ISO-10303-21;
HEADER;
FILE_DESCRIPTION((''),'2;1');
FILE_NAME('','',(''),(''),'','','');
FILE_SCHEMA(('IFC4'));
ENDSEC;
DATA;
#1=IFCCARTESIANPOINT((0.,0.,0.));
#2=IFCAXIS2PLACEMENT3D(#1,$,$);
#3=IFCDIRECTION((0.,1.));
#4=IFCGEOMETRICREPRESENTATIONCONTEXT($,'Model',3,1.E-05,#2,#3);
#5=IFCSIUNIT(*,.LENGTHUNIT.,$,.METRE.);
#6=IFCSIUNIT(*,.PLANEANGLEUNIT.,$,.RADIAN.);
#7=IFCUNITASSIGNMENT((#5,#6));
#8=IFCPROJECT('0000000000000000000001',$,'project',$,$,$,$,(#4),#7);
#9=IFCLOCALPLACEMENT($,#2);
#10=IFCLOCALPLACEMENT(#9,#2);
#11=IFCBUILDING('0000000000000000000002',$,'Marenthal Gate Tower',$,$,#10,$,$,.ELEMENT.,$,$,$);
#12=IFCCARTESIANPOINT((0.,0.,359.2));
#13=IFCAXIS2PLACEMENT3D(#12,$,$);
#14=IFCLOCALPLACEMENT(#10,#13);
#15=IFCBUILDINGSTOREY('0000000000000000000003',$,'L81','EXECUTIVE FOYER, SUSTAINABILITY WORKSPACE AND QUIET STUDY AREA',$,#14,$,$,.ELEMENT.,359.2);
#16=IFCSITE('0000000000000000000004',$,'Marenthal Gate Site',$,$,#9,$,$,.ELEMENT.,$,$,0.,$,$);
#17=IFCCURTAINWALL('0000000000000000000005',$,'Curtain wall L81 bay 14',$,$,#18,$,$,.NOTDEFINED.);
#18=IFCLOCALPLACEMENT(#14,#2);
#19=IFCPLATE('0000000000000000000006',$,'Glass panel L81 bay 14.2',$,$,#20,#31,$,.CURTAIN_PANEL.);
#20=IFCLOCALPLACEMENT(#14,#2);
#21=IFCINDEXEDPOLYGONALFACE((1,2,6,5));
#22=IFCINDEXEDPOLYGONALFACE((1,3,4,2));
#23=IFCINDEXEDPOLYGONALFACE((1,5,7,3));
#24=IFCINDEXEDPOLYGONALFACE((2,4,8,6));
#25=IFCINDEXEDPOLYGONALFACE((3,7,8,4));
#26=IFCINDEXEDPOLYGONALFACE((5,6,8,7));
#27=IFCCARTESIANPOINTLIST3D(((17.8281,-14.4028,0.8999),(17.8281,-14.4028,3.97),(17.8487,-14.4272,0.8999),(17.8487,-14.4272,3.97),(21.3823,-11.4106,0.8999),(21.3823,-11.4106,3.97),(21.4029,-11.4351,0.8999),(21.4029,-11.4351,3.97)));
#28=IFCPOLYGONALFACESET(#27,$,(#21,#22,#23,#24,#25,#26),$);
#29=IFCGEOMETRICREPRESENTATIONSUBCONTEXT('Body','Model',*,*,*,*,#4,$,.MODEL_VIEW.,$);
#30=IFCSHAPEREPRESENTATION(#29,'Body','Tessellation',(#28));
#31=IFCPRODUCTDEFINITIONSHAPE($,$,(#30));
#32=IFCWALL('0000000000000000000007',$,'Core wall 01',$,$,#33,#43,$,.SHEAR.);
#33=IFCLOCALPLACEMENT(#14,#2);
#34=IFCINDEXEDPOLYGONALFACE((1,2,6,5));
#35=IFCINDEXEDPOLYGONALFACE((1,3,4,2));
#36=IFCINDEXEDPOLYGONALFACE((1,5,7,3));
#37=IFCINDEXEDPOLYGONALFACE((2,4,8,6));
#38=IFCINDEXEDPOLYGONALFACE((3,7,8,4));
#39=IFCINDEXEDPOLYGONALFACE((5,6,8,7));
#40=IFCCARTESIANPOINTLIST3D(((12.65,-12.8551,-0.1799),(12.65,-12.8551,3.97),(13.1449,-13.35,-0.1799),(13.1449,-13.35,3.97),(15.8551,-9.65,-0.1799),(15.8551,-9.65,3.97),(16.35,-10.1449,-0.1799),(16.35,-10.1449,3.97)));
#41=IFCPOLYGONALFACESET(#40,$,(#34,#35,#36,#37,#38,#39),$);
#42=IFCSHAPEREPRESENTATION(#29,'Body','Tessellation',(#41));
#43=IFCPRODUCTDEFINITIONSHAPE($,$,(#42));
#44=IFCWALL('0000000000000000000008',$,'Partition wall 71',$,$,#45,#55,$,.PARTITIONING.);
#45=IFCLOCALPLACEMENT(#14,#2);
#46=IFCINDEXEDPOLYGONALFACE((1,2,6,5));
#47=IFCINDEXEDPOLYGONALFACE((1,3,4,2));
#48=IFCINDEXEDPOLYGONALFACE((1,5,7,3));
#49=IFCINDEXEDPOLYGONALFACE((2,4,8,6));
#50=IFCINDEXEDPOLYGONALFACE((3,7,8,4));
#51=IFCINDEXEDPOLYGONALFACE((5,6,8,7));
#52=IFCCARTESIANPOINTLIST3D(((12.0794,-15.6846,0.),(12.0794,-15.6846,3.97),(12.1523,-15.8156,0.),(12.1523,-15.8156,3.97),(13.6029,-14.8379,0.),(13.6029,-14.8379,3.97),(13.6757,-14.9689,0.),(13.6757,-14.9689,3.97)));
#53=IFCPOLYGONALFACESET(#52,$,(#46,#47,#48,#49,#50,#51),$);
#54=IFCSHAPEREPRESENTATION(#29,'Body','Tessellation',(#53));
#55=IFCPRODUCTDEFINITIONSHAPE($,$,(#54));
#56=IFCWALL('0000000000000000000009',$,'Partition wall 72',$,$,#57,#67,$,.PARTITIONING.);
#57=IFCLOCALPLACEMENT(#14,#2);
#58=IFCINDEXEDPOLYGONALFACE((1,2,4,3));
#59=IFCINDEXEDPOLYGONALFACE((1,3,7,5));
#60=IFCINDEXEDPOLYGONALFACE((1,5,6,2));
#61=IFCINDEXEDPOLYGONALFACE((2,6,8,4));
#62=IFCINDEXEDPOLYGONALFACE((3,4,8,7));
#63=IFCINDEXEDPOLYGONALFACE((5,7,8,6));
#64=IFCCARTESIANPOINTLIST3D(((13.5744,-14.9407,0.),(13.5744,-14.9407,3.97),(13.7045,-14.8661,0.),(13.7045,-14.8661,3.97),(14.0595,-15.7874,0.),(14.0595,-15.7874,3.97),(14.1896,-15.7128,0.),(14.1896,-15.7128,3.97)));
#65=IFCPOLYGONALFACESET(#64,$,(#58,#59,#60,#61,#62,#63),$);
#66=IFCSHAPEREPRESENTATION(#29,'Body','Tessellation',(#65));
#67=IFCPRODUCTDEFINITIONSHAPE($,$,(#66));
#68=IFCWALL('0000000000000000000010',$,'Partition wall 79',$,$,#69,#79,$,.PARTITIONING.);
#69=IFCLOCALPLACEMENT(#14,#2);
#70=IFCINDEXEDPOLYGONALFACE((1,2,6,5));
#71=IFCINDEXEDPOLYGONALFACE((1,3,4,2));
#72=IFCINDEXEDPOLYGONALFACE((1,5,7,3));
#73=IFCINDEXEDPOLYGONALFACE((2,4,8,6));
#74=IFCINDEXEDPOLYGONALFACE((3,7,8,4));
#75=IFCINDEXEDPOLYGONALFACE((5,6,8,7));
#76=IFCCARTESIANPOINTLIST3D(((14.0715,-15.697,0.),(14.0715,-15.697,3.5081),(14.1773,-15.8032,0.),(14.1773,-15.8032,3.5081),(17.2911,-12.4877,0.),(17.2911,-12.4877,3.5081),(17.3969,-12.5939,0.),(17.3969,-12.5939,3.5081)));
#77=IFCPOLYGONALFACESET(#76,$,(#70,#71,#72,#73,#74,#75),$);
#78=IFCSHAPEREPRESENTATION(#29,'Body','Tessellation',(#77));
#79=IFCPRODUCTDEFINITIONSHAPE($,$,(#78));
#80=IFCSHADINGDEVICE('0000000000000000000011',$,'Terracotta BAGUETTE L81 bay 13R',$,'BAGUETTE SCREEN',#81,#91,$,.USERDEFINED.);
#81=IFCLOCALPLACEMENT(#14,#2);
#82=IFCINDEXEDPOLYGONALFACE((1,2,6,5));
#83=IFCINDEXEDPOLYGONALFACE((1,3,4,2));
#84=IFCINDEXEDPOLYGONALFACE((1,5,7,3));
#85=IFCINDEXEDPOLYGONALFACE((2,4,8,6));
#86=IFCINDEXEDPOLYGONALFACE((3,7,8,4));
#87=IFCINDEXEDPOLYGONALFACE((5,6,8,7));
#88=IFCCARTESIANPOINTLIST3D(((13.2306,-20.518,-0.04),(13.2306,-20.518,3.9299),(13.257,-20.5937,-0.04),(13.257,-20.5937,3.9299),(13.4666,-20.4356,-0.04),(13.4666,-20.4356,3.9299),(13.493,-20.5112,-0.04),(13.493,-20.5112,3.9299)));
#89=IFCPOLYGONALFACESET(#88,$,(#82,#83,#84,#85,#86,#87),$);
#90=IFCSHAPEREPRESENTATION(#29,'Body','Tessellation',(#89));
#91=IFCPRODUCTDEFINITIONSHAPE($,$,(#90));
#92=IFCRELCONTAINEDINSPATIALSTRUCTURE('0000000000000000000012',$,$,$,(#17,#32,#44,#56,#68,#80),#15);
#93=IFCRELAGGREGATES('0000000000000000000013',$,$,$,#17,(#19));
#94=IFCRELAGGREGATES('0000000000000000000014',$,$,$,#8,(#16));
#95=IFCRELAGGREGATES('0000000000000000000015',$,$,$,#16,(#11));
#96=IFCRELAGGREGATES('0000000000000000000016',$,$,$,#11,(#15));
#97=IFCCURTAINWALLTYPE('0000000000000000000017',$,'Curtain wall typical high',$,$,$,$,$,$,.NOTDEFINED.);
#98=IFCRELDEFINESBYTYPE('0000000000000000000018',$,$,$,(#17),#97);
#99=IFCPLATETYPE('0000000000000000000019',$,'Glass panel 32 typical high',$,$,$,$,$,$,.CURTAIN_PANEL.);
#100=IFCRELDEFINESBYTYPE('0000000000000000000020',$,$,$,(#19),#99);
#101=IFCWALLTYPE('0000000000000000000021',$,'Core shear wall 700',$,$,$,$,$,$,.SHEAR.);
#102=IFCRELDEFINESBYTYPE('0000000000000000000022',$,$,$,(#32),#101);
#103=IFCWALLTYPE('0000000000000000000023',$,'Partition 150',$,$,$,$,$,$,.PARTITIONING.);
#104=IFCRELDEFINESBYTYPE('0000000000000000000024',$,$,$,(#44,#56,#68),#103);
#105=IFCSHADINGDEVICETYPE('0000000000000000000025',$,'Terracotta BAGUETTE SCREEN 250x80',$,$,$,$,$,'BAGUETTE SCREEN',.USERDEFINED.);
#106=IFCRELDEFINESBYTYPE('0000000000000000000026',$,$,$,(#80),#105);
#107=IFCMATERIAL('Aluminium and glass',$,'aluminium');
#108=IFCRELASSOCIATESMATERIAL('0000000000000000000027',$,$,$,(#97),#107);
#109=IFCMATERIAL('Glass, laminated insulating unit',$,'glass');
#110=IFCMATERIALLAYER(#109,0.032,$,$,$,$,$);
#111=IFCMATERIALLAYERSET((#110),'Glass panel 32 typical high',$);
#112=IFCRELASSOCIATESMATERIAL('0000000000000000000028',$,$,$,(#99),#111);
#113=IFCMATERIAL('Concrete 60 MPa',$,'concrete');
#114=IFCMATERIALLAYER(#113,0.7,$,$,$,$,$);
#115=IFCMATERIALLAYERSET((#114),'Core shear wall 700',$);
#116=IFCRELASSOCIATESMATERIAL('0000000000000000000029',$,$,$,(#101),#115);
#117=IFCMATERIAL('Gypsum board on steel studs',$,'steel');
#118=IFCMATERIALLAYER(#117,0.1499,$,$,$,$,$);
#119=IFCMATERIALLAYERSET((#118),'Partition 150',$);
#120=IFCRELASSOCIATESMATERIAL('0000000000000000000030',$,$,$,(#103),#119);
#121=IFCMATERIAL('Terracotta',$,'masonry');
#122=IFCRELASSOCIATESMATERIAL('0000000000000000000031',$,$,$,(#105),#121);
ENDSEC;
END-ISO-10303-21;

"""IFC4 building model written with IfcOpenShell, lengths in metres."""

from ifc_helpers import new_model, si_unit, direction, frame, frame_2d, origin, origin_2d, place, context, subcontext, project, spatial, rectangle, extrude, material, layer, layer_set, material_profile, profile_set, type_object, element, aggregate, save


model = new_model("IFC4")

# Units and contexts
model_context = context("Model", 3, precision=1e-05, world=origin(), true_north=direction((0.0, 1.0)))
body_context = subcontext(model_context, "Body", "Model", "MODEL_VIEW")
ifc_project = project(units=[si_unit("LENGTHUNIT", "METRE"), si_unit("PLANEANGLEUNIT", "RADIAN")], contexts=[model_context])

# Site, building, storey
site_placement = place(None, origin())
site = spatial("IfcSite", under=ifc_project, at=site_placement, Name="Marenthal Gate Site", CompositionType="ELEMENT", RefElevation=0.0)
building_placement = place(site_placement, origin())
building = spatial("IfcBuilding", under=site, at=building_placement, Name="Marenthal Gate Tower", CompositionType="ELEMENT")
storey_placement = place(building_placement, frame((0.0, 0.0, 359.2)))
storey = spatial("IfcBuildingStorey", under=building, at=storey_placement, Name="L81", Description="EXECUTIVE FOYER, SUSTAINABILITY WORKSPACE AND QUIET STUDY AREA", CompositionType="ELEMENT", Elevation=359.2)

# Curtain wall
ifc_material_1 = material(Name="Aluminium and glass", Category="aluminium")
curtain_wall_type = type_object("IfcCurtainWallType", Name="Curtain wall typical high", PredefinedType="NOTDEFINED", material=ifc_material_1)
curtain_wall_placement = place(storey_placement, origin())
curtain_wall = element("IfcCurtainWall", 1, at=curtain_wall_placement, inside=storey, type_object=curtain_wall_type, Name="Curtain wall L81 bay 14", PredefinedType="NOTDEFINED")

# Plate
ifc_material_2 = material(Name="Glass, laminated insulating unit", Category="glass")
ifc_layer_1 = layer(ifc_material_2, 0.032)
ifc_layer_set_1 = layer_set([ifc_layer_1], Name="Glass panel 32 typical high")
plate_type = type_object("IfcPlateType", Name="Glass panel 32 typical high", PredefinedType="CURTAIN_PANEL", material=ifc_layer_set_1)
plate_1_placement = place(storey_placement, frame((19.6155, -12.9189, 0.8999), z_axis=(0.0, 0.0, 1.0), x_axis=(0.765006, 0.644023, 0.0)))
plate_1 = element("IfcPlate", 2, at=plate_1_placement, type_object=plate_type, Name="Glass panel L81 bay 14.2", PredefinedType="CURTAIN_PANEL", context=body_context, shape_type="SweptSolid", body=[
    extrude(rectangle(XDim=4.646, YDim=0.032, at=origin_2d()), origin(), (0.0, 0.0, 1.0), 3.0701),
])
aggregate(curtain_wall, [plate_1])

# Walls
ifc_material_3 = material(Name="Concrete 60 MPa", Category="concrete")
ifc_layer_2 = layer(ifc_material_3, 0.7)
ifc_layer_set_2 = layer_set([ifc_layer_2], Name="Core shear wall 700")
wall_type_1 = type_object("IfcWallType", Name="Core shear wall 700", PredefinedType="SHEAR", material=ifc_layer_set_2)
wall_1_placement = place(storey_placement, frame((12.8975, -13.1025, -0.1799), z_axis=(0.0, 0.0, 1.0), x_axis=(0.707107, 0.707107, 0.0)))
element("IfcWall", 3, at=wall_1_placement, inside=storey, type_object=wall_type_1, Name="Core wall 01", PredefinedType="SHEAR", context=body_context, shape_type="SweptSolid", body=[
    extrude(rectangle(XDim=4.5327, YDim=0.7, at=frame_2d((2.2664, 0.0))), origin(), (0.0, 0.0, 1.0), 4.1499),
])
ifc_material_4 = material(Name="Gypsum board on steel studs", Category="steel")
ifc_layer_3 = layer(ifc_material_4, 0.1499)
ifc_layer_set_3 = layer_set([ifc_layer_3], Name="Partition 150")
wall_type_2 = type_object("IfcWallType", Name="Partition 150", PredefinedType="PARTITIONING", material=ifc_layer_set_3)
wall_2_placement = place(storey_placement, frame((13.6394, -14.9033, 0.0), z_axis=(0.0, 0.0, 1.0), x_axis=(-0.874078, -0.485786, 0.0)))
element("IfcWall", 4, at=wall_2_placement, inside=storey, type_object=wall_type_2, Name="Partition wall 71", PredefinedType="PARTITIONING", context=body_context, shape_type="SweptSolid", body=[
    extrude(rectangle(XDim=1.7429, YDim=0.1499, at=frame_2d((0.8716, 0.0))), origin(), (0.0, 0.0, 1.0), 3.97),
])
wall_3_placement = place(storey_placement, frame((14.1245, -15.75, 0.0), z_axis=(0.0, 0.0, 1.0), x_axis=(-0.497136, 0.867673, 0.0)))
element("IfcWall", 5, at=wall_3_placement, inside=storey, type_object=wall_type_2, Name="Partition wall 72", PredefinedType="PARTITIONING", context=body_context, shape_type="SweptSolid", body=[
    extrude(rectangle(XDim=0.9758, YDim=0.1499, at=frame_2d((0.4878, 0.0))), origin(), (0.0, 0.0, 1.0), 3.97),
])
wall_4_placement = place(storey_placement, frame((17.344, -12.5408, 0.0), z_axis=(0.0, 0.0, 1.0), x_axis=(-0.708234, -0.705978, 0.0)))
element("IfcWall", 6, at=wall_4_placement, inside=storey, type_object=wall_type_2, Name="Partition wall 79", PredefinedType="PARTITIONING", context=body_context, shape_type="SweptSolid", body=[
    extrude(rectangle(XDim=4.5459, YDim=0.1499, at=frame_2d((2.2729, 0.0))), origin(), (0.0, 0.0, 1.0), 3.5081),
])

# Shading device
ifc_material_5 = material(Name="Terracotta", Category="masonry")
ifc_material_profile_1 = material_profile(ifc_material_5, rectangle(XDim=0.25, YDim=0.0801, at=origin_2d()), Name="Terracotta baguette 250x80")
ifc_profile_set_1 = profile_set([ifc_material_profile_1], Name="Terracotta")
shading_device_type = type_object("IfcShadingDeviceType", Name="Terracotta BAGUETTE SCREEN 250x80", ElementType="BAGUETTE SCREEN", PredefinedType="USERDEFINED", material=ifc_profile_set_1)
shading_device_placement = place(storey_placement, frame((13.3618, -20.5146, -0.04), z_axis=(0.0, 0.0, 1.0), x_axis=(0.944118, 0.329607, 0.0)))
element("IfcShadingDevice", 7, at=shading_device_placement, inside=storey, type_object=shading_device_type, Name="Terracotta BAGUETTE L81 bay 13R", ObjectType="BAGUETTE SCREEN", PredefinedType="USERDEFINED", context=body_context, shape_type="SweptSolid", body=[
    extrude(rectangle(XDim=0.25, YDim=0.0801, at=origin_2d()), origin(), (0.0, 0.0, 1.0), 3.97),
])

save(model, "model.ifc")
